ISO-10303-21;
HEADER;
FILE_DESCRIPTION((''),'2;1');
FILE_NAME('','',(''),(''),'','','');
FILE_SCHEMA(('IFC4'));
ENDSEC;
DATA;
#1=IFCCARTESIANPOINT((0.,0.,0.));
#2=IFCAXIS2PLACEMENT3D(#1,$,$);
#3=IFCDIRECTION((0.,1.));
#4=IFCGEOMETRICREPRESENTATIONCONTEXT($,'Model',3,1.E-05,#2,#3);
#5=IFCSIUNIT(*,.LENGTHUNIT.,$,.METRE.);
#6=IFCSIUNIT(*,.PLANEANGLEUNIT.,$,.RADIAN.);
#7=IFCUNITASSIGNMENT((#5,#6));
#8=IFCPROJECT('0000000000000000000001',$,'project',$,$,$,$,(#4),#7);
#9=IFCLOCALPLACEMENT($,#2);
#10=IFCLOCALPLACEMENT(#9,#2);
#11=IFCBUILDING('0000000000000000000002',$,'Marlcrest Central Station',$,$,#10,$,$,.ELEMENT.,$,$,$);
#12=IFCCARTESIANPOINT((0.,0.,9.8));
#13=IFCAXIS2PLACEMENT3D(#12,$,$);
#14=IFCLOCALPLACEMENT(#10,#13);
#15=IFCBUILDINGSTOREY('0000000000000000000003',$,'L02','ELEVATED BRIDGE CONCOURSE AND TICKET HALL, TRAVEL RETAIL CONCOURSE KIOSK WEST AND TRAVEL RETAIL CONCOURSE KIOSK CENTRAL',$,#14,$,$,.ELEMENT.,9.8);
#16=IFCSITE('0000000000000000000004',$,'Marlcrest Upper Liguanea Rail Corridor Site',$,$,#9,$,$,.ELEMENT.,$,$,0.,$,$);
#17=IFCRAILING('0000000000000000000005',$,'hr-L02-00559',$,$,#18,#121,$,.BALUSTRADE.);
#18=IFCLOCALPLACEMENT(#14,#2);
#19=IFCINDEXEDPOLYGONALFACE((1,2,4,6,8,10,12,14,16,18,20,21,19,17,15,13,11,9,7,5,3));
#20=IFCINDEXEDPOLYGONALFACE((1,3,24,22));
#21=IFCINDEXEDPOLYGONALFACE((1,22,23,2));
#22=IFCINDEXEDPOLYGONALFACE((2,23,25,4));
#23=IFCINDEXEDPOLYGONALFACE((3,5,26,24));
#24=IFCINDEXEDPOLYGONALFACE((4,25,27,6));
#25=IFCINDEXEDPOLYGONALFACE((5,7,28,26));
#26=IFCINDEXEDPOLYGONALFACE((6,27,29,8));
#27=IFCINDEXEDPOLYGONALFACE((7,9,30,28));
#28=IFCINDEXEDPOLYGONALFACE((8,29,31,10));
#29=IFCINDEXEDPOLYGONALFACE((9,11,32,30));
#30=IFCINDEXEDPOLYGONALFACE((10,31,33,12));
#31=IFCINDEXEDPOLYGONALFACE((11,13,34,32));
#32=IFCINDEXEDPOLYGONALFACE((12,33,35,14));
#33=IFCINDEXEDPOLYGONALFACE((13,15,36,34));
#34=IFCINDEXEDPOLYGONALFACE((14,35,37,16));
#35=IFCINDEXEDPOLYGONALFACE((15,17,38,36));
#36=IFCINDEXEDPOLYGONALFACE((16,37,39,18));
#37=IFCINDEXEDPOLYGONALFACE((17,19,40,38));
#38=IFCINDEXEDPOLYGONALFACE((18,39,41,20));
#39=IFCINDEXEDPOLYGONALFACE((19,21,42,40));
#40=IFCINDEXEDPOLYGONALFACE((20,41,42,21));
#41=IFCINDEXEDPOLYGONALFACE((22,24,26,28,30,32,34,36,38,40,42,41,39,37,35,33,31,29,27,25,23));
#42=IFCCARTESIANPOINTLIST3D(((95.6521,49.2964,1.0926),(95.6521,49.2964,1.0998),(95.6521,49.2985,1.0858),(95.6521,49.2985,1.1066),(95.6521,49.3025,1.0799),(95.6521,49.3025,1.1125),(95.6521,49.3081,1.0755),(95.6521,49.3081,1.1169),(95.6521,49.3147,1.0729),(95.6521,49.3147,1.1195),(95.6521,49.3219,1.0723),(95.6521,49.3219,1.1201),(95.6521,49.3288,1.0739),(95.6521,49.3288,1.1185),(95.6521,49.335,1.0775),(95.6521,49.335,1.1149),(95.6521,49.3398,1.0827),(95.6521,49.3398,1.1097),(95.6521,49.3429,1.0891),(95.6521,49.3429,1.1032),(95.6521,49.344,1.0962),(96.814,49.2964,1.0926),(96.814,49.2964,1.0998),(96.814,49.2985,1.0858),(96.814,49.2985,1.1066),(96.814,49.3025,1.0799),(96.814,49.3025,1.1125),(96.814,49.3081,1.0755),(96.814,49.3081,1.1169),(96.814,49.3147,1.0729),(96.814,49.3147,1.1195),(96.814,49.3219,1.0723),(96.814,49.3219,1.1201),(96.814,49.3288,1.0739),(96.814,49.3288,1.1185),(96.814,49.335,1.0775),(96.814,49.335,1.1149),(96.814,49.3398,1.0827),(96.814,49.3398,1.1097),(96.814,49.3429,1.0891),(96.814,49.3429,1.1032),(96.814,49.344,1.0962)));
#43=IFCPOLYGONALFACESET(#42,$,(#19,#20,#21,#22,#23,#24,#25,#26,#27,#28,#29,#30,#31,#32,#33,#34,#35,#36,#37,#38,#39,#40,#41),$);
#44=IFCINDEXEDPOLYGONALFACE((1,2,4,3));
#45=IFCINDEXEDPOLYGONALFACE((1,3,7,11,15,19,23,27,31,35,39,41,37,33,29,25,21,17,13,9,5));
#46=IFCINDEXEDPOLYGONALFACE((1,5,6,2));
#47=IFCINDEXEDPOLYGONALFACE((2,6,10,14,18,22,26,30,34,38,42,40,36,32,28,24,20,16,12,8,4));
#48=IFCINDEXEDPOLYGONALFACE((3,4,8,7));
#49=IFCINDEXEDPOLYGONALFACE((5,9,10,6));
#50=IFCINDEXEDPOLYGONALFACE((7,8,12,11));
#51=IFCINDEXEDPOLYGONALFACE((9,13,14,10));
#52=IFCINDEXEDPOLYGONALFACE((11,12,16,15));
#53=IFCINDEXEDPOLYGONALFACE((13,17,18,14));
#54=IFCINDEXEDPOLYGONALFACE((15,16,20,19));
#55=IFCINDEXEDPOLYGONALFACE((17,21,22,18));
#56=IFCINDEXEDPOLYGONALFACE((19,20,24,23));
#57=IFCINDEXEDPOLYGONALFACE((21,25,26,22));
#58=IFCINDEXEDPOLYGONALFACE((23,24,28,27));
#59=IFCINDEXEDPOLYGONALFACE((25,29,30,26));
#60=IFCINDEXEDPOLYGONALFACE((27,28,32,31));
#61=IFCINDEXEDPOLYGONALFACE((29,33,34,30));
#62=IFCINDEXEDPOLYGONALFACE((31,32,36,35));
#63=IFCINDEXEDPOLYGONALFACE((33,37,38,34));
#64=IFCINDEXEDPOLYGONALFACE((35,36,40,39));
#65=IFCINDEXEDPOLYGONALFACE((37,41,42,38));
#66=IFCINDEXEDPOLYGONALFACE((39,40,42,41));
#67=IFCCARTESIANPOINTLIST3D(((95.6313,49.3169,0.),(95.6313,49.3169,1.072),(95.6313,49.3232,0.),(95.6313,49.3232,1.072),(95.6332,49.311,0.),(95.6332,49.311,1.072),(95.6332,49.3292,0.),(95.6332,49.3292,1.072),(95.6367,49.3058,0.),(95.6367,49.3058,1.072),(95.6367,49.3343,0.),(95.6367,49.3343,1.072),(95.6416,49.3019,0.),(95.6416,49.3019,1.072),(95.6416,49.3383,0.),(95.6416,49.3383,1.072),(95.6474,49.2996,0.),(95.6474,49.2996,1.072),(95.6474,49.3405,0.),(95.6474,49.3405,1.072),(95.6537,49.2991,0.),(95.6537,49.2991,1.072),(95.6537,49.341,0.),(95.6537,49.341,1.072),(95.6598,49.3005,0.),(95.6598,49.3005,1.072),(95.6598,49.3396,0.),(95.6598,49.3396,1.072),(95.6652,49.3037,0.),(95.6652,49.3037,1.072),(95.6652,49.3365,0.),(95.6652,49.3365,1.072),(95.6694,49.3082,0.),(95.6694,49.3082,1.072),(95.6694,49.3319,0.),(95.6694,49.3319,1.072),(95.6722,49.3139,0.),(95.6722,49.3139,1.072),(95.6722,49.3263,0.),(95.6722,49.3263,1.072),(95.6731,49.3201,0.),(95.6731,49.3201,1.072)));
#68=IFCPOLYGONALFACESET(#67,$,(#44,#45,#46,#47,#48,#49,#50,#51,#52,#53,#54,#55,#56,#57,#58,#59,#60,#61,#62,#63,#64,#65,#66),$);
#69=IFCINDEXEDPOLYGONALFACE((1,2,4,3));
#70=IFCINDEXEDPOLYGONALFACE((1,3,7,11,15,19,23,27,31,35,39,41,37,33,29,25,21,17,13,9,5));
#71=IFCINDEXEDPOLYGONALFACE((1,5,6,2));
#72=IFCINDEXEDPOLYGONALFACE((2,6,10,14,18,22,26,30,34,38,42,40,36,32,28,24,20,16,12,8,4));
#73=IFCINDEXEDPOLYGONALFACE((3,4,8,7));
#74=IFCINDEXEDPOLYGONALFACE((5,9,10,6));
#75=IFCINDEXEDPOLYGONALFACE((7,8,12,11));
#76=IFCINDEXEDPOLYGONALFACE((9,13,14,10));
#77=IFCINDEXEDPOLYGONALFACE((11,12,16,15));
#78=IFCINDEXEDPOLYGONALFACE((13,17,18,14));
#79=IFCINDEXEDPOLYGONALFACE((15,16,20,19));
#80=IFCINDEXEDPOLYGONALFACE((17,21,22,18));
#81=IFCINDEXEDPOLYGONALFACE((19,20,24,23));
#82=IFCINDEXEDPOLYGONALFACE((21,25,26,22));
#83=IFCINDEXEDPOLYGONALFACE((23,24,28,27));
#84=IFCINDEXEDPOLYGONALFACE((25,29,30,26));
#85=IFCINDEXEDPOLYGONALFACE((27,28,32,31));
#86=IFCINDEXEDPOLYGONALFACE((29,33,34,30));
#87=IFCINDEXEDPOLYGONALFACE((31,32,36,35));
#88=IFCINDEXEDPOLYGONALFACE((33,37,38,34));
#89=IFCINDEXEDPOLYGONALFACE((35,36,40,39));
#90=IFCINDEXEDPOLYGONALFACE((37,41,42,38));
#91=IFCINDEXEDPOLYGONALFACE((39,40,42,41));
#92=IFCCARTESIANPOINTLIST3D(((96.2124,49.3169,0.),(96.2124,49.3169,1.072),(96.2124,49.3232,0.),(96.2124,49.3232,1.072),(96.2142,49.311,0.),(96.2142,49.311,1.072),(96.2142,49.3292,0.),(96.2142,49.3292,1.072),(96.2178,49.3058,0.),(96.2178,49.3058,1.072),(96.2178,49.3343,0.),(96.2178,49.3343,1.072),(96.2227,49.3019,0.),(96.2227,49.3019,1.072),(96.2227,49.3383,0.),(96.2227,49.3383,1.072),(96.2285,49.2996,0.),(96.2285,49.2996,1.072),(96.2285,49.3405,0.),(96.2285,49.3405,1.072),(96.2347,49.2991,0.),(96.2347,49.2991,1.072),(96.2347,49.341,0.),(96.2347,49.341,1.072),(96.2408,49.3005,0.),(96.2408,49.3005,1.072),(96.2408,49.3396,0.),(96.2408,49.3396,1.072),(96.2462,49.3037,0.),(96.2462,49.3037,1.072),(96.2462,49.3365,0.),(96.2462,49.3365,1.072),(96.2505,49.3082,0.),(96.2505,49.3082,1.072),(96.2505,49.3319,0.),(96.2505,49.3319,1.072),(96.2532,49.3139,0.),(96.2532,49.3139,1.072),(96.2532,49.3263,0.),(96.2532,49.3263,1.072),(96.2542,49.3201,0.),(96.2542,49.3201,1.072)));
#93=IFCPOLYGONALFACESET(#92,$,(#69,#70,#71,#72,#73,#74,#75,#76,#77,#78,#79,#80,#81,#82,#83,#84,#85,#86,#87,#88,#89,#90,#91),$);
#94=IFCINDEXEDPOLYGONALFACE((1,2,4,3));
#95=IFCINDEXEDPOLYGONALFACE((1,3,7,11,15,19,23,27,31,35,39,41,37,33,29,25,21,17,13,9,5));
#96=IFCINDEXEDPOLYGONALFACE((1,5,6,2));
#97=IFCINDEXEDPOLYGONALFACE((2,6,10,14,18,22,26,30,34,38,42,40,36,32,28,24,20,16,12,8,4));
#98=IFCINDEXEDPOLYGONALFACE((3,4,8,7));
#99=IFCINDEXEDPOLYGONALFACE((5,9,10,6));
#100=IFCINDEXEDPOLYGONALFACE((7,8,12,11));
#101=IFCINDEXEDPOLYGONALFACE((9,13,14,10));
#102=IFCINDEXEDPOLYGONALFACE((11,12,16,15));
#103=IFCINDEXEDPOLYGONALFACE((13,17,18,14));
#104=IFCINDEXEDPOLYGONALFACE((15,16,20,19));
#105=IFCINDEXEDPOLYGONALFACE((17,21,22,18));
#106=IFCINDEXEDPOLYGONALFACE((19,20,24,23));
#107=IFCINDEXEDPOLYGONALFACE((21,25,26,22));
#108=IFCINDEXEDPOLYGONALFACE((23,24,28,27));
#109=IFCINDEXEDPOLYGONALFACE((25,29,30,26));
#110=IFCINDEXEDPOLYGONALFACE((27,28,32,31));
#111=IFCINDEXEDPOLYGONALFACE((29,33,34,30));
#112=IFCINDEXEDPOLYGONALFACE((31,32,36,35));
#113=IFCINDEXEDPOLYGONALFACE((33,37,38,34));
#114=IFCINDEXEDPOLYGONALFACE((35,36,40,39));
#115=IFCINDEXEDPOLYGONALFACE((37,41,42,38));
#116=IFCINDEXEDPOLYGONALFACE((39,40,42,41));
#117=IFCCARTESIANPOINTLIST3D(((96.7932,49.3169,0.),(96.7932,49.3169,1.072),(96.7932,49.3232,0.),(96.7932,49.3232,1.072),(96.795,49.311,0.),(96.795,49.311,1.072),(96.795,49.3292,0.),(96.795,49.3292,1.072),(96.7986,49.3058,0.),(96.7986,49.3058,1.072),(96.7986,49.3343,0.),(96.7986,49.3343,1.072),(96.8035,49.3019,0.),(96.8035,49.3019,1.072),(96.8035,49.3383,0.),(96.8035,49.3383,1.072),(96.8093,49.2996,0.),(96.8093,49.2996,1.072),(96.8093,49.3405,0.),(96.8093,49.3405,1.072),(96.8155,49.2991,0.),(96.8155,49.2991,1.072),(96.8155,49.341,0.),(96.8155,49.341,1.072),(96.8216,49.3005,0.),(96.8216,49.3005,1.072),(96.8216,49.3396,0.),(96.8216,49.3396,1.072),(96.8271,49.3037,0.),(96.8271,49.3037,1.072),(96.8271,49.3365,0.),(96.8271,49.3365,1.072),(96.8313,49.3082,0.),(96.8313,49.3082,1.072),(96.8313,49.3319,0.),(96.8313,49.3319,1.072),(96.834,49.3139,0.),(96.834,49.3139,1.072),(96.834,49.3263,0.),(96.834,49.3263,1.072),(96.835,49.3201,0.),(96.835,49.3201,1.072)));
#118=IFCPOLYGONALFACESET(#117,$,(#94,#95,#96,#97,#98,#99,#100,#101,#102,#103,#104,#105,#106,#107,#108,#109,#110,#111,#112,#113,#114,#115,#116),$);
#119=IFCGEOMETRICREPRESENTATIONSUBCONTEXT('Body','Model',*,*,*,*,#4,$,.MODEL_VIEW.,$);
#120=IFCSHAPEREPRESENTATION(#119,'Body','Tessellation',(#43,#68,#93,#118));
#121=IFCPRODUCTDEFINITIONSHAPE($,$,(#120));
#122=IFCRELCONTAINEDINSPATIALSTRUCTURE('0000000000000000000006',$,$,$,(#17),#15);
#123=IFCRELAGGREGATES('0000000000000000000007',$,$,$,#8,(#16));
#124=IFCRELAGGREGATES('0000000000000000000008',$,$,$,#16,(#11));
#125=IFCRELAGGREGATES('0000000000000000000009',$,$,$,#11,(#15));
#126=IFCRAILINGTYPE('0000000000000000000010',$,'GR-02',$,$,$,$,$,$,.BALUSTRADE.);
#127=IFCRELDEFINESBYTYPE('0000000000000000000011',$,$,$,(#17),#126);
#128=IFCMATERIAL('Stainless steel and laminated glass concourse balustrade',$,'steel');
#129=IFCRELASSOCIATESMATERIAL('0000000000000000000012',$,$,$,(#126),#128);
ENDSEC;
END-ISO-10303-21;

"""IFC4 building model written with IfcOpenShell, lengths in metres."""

from ifc_helpers import new_model, si_unit, direction, frame, origin, origin_2d, place, context, subcontext, project, spatial, circle, extrude, material, type_object, element, save


model = new_model("IFC4")

# Units and contexts
model_context = context("Model", 3, precision=1e-05, world=origin(), true_north=direction((0.0, 1.0)))
body_context = subcontext(model_context, "Body", "Model", "MODEL_VIEW")
ifc_project = project(units=[si_unit("LENGTHUNIT", "METRE"), si_unit("PLANEANGLEUNIT", "RADIAN")], contexts=[model_context])

# Site, building, storey
site_placement = place(None, origin())
site = spatial("IfcSite", under=ifc_project, at=site_placement, Name="Marlcrest Upper Liguanea Rail Corridor Site", CompositionType="ELEMENT", RefElevation=0.0)
building_placement = place(site_placement, origin())
building = spatial("IfcBuilding", under=site, at=building_placement, Name="Marlcrest Central Station", CompositionType="ELEMENT")
storey_placement = place(building_placement, frame((0.0, 0.0, 9.8)))
storey = spatial("IfcBuildingStorey", under=building, at=storey_placement, Name="L02", Description="ELEVATED BRIDGE CONCOURSE AND TICKET HALL, TRAVEL RETAIL CONCOURSE KIOSK WEST AND TRAVEL RETAIL CONCOURSE KIOSK CENTRAL", CompositionType="ELEMENT", Elevation=9.8)

# Railing
ifc_material_1 = material(Name="Stainless steel and laminated glass concourse balustrade", Category="steel")
railing_type = type_object("IfcRailingType", Name="GR-02", PredefinedType="BALUSTRADE", material=ifc_material_1)
railing_1_placement = place(storey_placement, frame((95.6521, 49.3201, 0.0)))
element("IfcRailing", 1, at=railing_1_placement, inside=storey, type_object=railing_type, Name="hr-L02-00559", PredefinedType="BALUSTRADE", context=body_context, shape_type="SweptSolid", body=[
    extrude(circle(Radius=0.0239, at=origin_2d()), frame((0.0, 0.0, 1.0962), z_axis=(1.0, 0.0, 0.0), x_axis=(0.0, 1.0, 0.0)), (0.0, 0.0, 1.0), 1.1619),
    extrude(circle(Radius=0.021, at=origin_2d()), origin(), (0.0, 0.0, 1.0), 1.072),
    extrude(circle(Radius=0.021, at=origin_2d()), frame((0.5811, 0.0, 0.0)), (0.0, 0.0, 1.0), 1.072),
    extrude(circle(Radius=0.021, at=origin_2d()), frame((1.1619, 0.0, 0.0)), (0.0, 0.0, 1.0), 1.072),
])

save(model, "model.ifc")
